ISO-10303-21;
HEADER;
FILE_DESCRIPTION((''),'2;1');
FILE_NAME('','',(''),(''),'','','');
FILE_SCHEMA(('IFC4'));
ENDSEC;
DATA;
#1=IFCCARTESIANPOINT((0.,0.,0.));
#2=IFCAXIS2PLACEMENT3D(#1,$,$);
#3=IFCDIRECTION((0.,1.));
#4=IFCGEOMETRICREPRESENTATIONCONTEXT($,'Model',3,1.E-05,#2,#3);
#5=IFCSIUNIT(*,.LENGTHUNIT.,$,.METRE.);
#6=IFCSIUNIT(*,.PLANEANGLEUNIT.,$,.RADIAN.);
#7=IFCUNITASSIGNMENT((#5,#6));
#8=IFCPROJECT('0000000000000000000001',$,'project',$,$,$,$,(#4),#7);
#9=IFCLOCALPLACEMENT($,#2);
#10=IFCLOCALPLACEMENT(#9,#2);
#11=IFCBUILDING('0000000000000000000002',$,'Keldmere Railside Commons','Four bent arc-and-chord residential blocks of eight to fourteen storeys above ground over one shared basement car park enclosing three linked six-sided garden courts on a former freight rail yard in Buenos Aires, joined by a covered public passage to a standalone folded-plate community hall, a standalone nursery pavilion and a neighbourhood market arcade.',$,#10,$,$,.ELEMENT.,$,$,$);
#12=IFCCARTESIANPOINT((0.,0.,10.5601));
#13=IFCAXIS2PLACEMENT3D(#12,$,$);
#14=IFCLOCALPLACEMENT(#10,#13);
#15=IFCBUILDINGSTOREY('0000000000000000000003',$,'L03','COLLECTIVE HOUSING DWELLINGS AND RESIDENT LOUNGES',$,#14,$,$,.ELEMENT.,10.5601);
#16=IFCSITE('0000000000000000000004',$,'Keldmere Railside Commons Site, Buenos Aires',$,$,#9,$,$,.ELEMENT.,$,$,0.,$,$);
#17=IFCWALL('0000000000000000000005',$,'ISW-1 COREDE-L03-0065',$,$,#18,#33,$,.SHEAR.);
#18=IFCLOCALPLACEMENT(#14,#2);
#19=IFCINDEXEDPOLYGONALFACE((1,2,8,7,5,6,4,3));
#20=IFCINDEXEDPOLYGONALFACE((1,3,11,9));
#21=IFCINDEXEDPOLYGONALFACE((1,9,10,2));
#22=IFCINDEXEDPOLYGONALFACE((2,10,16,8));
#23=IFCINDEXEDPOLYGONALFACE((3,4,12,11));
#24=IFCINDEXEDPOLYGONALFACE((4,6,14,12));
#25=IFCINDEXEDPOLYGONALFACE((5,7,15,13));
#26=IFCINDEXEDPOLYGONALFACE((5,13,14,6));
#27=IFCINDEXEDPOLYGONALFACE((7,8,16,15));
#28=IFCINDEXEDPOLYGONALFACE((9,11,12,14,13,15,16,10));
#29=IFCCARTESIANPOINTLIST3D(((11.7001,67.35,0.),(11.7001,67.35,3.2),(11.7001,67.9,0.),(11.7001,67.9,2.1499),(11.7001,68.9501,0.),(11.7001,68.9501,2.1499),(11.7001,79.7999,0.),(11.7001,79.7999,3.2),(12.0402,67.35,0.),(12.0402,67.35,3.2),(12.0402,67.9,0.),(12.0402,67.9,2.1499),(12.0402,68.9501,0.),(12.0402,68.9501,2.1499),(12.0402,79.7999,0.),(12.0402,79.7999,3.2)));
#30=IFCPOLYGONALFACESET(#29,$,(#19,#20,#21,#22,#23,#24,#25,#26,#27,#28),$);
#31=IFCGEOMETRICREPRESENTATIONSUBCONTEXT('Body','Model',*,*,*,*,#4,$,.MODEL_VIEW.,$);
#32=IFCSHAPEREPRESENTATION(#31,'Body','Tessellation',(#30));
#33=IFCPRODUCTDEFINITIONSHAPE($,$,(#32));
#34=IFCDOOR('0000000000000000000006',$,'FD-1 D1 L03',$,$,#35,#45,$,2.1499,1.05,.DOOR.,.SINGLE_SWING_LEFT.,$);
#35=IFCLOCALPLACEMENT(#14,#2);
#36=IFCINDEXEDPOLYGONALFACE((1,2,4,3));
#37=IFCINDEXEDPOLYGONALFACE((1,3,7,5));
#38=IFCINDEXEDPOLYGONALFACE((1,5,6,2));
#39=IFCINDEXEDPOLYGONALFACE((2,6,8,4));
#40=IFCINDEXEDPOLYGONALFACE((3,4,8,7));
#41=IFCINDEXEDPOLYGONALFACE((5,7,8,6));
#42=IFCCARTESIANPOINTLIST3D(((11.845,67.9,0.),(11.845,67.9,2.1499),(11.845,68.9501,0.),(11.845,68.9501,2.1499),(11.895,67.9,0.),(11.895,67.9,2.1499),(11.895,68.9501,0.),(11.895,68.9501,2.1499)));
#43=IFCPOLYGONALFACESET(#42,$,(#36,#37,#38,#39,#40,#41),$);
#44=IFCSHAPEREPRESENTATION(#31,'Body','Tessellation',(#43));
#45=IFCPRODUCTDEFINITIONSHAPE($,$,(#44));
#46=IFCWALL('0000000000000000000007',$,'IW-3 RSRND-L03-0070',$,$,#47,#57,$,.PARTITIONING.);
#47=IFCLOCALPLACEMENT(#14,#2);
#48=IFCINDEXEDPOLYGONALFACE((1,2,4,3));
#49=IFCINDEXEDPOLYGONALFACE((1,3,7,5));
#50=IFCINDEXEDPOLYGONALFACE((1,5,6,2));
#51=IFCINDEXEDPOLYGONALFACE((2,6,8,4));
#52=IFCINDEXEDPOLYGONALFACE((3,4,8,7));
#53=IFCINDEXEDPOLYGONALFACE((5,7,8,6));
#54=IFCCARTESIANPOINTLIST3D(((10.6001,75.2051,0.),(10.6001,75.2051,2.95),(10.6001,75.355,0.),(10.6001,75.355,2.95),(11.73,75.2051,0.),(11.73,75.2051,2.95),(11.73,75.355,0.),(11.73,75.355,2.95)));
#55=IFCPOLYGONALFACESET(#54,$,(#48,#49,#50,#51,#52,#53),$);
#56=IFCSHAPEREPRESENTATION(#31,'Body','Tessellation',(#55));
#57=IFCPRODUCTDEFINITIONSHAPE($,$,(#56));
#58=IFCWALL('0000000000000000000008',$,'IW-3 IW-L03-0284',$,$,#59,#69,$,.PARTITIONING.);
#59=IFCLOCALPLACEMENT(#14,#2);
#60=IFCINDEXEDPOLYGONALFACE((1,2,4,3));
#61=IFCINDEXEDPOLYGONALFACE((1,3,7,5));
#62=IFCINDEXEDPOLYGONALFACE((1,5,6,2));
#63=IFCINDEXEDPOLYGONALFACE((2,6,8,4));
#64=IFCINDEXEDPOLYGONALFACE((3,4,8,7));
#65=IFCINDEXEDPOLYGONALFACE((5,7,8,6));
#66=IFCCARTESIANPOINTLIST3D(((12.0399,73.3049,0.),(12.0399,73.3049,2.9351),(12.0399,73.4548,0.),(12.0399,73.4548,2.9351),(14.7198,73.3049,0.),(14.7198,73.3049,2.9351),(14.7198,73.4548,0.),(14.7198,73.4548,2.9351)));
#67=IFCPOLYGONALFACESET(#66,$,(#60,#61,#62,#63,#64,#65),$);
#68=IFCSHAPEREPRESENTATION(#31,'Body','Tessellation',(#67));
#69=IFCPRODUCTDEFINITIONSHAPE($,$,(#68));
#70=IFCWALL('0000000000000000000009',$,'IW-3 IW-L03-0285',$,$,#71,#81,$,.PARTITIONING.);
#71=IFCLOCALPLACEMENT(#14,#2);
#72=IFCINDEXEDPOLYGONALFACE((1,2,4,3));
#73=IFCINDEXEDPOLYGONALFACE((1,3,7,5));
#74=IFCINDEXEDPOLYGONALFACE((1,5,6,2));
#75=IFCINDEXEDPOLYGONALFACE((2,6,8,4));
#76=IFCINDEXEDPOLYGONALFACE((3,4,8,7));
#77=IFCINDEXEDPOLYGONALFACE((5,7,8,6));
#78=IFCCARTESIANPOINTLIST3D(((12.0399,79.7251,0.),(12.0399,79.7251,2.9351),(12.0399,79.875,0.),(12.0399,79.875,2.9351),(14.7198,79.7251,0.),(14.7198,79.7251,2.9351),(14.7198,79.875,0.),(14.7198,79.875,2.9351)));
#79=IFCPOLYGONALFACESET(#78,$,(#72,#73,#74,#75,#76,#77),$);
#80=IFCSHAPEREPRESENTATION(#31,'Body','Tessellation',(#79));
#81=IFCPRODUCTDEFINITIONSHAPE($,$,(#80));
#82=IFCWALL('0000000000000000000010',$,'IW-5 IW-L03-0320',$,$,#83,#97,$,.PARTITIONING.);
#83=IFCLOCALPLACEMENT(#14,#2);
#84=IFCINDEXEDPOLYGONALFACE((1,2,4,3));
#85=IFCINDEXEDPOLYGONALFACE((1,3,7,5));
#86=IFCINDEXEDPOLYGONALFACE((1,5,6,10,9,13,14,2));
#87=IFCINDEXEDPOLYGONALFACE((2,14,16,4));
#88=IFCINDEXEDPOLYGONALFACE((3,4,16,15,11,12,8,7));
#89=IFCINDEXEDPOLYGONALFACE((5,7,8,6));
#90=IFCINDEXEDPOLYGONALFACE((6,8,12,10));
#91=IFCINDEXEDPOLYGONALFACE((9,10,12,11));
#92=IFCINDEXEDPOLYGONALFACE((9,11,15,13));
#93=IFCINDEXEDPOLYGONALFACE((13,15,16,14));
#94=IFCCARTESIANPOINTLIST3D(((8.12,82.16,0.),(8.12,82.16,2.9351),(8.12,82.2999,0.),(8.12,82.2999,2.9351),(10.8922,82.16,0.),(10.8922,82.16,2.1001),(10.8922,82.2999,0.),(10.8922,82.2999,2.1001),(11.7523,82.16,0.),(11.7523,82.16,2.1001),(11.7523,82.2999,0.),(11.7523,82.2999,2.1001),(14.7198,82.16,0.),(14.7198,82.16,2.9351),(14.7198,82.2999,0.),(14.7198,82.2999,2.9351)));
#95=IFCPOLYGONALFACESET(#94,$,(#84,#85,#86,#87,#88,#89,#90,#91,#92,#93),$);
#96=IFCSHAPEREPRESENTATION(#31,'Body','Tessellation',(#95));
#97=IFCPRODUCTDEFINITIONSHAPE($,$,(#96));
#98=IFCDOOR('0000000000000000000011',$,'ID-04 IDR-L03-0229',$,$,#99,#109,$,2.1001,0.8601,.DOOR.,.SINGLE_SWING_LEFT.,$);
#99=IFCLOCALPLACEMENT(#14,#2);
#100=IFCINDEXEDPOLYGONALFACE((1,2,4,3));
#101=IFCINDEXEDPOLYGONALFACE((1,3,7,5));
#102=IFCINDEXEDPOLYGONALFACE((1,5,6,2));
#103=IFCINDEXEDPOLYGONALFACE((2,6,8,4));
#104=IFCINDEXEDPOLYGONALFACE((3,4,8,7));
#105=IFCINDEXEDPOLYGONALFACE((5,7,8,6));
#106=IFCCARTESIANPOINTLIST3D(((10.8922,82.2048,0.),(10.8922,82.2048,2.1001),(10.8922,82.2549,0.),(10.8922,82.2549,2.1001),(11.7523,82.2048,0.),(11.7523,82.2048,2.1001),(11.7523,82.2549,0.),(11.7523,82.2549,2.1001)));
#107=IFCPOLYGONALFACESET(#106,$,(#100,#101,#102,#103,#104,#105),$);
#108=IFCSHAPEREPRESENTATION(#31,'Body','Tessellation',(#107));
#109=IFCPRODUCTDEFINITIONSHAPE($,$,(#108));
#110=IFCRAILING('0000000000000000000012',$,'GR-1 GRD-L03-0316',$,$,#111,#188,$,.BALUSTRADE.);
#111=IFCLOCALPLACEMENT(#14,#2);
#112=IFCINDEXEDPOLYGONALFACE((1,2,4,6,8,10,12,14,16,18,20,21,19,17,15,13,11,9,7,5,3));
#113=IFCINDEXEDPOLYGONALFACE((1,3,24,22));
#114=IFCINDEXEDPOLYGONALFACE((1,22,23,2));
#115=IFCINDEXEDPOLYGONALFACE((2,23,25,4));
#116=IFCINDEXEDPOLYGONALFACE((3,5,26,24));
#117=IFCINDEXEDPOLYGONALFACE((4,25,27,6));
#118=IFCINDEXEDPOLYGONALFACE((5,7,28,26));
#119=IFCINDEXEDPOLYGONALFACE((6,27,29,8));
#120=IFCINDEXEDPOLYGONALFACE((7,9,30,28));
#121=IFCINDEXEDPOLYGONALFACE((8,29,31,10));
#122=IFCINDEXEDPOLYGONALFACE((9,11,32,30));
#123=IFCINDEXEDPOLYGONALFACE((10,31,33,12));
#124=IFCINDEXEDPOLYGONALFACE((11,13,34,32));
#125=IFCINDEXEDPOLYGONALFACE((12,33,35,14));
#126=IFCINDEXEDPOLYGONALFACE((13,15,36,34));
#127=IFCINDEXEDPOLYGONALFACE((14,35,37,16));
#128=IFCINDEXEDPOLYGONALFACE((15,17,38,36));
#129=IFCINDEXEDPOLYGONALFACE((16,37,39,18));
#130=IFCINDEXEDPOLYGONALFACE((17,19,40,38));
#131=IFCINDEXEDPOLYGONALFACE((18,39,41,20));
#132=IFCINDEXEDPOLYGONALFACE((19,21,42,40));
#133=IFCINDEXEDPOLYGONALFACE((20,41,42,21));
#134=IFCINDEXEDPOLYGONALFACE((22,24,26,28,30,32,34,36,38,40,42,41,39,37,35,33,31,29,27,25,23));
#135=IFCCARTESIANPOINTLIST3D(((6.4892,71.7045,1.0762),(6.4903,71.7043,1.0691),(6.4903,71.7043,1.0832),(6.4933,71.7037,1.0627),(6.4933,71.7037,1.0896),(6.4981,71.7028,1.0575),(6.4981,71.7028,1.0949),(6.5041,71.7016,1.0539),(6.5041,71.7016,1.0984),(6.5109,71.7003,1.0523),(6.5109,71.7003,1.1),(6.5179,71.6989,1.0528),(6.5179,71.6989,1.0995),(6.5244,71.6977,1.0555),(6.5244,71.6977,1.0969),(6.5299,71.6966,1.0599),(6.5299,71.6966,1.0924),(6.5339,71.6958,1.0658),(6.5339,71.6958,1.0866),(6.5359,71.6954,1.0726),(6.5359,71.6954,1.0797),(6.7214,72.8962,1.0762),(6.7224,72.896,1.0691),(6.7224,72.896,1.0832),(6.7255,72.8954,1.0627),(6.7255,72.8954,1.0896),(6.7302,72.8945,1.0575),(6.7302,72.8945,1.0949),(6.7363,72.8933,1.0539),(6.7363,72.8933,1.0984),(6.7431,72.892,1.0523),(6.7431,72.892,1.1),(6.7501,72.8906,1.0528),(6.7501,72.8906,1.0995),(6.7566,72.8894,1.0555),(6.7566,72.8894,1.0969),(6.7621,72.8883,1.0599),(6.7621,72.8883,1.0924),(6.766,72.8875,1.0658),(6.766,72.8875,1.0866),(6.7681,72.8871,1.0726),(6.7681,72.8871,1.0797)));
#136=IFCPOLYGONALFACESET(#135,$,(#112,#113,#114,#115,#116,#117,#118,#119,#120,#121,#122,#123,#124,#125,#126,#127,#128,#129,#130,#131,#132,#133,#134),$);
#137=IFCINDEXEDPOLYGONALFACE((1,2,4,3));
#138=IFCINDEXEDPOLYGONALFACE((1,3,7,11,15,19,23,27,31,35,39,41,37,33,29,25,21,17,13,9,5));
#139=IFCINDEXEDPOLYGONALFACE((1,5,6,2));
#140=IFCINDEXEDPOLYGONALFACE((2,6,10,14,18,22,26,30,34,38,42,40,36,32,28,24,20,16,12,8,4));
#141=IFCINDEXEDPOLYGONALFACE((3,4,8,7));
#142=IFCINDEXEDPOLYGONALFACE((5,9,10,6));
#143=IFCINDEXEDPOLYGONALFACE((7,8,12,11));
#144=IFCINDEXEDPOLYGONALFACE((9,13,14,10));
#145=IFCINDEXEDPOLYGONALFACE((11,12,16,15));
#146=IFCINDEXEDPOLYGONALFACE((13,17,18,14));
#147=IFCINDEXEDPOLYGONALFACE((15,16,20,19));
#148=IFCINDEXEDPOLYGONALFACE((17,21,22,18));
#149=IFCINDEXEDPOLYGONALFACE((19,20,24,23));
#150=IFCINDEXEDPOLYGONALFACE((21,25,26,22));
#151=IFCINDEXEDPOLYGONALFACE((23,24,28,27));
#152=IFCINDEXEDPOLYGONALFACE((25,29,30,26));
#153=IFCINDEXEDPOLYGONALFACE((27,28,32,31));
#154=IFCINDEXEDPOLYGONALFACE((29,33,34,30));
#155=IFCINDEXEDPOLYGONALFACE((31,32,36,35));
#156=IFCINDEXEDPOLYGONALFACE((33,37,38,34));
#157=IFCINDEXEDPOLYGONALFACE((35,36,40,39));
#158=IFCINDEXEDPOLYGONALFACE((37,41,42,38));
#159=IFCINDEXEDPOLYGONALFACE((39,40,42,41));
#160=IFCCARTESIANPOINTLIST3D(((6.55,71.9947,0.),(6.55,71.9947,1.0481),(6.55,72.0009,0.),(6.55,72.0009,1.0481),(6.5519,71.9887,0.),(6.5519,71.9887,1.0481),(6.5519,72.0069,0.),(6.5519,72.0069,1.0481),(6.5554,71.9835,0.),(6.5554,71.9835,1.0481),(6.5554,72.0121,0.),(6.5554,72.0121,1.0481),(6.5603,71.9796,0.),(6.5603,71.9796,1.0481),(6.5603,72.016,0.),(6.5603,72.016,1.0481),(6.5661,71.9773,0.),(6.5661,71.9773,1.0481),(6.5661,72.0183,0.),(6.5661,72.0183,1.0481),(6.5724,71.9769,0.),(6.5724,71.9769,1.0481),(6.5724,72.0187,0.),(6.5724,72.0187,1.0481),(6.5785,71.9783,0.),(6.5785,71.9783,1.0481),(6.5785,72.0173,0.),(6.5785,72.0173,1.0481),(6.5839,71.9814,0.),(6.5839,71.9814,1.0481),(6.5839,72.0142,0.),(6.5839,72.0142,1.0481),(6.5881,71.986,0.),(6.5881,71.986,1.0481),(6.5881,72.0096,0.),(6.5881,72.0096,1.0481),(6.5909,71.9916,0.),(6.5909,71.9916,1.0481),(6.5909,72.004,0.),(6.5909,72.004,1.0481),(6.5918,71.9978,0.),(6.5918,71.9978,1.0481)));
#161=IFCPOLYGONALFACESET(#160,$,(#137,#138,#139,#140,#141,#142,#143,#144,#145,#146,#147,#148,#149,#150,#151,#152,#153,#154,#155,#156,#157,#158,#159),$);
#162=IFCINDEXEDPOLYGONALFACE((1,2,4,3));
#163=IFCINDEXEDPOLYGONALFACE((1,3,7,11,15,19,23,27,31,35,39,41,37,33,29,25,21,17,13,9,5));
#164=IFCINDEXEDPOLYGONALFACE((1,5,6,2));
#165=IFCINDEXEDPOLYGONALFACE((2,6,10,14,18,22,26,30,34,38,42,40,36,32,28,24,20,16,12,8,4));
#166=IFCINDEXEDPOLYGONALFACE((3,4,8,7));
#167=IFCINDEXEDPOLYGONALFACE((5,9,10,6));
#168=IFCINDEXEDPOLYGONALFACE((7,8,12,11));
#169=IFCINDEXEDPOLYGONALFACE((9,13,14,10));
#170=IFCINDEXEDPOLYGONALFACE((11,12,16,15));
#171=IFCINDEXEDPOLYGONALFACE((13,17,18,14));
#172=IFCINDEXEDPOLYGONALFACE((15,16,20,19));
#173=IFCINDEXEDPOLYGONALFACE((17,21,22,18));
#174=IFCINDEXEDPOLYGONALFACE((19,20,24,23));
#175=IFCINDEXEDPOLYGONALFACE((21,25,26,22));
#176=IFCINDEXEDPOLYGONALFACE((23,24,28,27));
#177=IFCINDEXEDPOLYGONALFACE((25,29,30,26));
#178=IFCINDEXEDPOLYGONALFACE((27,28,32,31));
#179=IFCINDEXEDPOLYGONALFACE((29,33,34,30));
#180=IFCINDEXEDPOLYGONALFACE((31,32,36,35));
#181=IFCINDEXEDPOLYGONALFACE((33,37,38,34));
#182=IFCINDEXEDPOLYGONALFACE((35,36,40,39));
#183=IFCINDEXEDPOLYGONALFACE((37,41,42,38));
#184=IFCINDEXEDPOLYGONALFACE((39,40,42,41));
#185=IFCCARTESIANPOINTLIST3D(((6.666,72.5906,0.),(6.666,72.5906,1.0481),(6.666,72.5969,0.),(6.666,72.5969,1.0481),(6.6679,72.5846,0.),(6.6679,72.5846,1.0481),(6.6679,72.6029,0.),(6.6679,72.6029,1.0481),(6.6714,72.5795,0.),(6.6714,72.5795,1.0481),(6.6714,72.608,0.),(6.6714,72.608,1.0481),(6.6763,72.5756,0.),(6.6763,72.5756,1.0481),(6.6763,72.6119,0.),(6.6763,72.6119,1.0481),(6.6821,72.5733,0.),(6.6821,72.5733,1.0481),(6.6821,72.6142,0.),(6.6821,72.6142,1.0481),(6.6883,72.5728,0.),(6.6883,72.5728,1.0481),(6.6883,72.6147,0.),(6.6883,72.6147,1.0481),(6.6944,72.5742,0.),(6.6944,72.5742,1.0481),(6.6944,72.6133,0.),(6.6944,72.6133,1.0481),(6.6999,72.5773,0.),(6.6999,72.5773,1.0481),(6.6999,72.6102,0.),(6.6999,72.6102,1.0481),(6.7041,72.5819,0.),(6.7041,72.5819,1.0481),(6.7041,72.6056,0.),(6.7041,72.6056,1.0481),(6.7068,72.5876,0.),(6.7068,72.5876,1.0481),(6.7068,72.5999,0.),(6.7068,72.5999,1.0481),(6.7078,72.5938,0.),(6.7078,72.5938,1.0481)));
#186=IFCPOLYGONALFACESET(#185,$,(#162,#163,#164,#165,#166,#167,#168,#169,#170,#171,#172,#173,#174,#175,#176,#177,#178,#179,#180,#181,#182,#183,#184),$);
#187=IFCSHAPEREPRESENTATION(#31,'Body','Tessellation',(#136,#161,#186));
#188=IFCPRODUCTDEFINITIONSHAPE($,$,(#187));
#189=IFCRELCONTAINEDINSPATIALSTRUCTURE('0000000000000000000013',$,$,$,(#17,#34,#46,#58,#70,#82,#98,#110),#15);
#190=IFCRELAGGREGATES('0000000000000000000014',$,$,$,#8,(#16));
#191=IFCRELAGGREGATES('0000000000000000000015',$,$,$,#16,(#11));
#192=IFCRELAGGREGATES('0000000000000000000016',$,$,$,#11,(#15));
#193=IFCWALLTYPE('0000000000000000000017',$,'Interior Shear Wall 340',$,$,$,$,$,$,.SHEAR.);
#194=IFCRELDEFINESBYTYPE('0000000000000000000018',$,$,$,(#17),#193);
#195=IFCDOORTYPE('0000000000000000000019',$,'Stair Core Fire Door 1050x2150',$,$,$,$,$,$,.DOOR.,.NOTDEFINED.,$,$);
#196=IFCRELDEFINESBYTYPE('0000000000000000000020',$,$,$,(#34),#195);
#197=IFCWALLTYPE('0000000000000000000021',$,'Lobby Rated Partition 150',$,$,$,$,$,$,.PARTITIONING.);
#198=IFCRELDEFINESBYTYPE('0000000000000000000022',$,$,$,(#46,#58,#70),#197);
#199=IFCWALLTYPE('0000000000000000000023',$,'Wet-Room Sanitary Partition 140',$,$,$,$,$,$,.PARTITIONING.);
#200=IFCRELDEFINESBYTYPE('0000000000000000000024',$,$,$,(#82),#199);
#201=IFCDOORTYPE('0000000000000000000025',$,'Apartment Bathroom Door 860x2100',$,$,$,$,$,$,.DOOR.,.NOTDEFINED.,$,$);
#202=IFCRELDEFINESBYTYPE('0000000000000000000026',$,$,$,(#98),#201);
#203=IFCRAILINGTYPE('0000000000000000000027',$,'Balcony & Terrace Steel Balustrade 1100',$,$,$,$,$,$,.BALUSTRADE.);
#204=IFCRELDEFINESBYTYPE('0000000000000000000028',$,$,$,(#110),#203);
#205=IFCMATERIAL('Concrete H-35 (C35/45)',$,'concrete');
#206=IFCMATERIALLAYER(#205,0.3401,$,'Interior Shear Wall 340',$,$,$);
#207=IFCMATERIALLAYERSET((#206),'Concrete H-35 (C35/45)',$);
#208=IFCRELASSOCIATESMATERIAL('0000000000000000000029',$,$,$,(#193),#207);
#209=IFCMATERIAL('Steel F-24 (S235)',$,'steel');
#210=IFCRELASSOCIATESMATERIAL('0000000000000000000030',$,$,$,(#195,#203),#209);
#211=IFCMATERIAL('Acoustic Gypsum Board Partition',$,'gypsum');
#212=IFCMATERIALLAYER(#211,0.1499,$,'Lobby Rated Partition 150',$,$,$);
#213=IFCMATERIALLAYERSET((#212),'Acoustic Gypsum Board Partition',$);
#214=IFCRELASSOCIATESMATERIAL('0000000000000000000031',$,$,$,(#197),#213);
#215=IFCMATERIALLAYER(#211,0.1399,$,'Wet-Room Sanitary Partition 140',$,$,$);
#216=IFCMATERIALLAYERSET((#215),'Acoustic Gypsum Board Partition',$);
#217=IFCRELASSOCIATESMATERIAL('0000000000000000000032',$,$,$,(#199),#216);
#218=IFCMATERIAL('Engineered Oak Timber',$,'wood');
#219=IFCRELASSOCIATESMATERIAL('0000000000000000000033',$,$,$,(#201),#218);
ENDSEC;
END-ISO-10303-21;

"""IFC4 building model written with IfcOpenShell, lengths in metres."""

from ifc_helpers import new_model, si_unit, direction, frame, frame_2d, origin, origin_2d, place, context, subcontext, project, spatial, rectangle, circle, extrude, material, layer, layer_set, type_object, element, fill, save


model = new_model("IFC4")

# Units and contexts
model_context = context("Model", 3, precision=1e-05, world=origin(), true_north=direction((0.0, 1.0)))
body_context = subcontext(model_context, "Body", "Model", "MODEL_VIEW")
ifc_project = project(units=[si_unit("LENGTHUNIT", "METRE"), si_unit("PLANEANGLEUNIT", "RADIAN")], contexts=[model_context])

# Site, building, storey
site_placement = place(None, origin())
site = spatial("IfcSite", under=ifc_project, at=site_placement, Name="Keldmere Railside Commons Site, Buenos Aires", CompositionType="ELEMENT", RefElevation=0.0)
building_placement = place(site_placement, origin())
building = spatial("IfcBuilding", under=site, at=building_placement, Name="Keldmere Railside Commons", Description="Four bent arc-and-chord residential blocks of eight to fourteen storeys above ground over one shared basement car park enclosing three linked six-sided garden courts on a former freight rail yard in Buenos Aires, joined by a covered public passage to a standalone folded-plate community hall, a standalone nursery pavilion and a neighbourhood market arcade.", CompositionType="ELEMENT")
storey_placement = place(building_placement, frame((0.0, 0.0, 10.5601)))
storey = spatial("IfcBuildingStorey", under=building, at=storey_placement, Name="L03", Description="COLLECTIVE HOUSING DWELLINGS AND RESIDENT LOUNGES", CompositionType="ELEMENT", Elevation=10.5601)

# Shared definitions
ifc_material_1 = material(Name="Concrete H-35 (C35/45)", Category="concrete")

# Shared definitions
ifc_material_2 = material(Name="Acoustic Gypsum Board Partition", Category="gypsum")
ifc_material_3 = material(Name="Engineered Oak Timber", Category="wood")

# Shared definitions
ifc_material_4 = material(Name="Steel F-24 (S235)", Category="steel")

# Wall, opening, door
ifc_layer_1 = layer(ifc_material_1, 0.3401, Name="Interior Shear Wall 340")
ifc_layer_set_1 = layer_set([ifc_layer_1], Name="Concrete H-35 (C35/45)")
wall_type_1 = type_object("IfcWallType", Name="Interior Shear Wall 340", PredefinedType="SHEAR", material=ifc_layer_set_1)
wall_1_placement = place(storey_placement, frame((11.8701, 79.8, 0.0), z_axis=(0.0, 0.0, 1.0), x_axis=(0.0, -1.0, 0.0)))
wall_1 = element("IfcWall", 1, at=wall_1_placement, inside=storey, type_object=wall_type_1, Name="ISW-1 COREDE-L03-0065", PredefinedType="SHEAR", context=body_context, shape_type="SweptSolid", body=[
    extrude(rectangle(XDim=12.45, YDim=0.3401, at=frame_2d((6.2251, 0.0))), origin(), (0.0, 0.0, 1.0), 3.2),
])
opening_1_placement = place(wall_1_placement, frame((10.8501, 0.0, 0.0)))
opening_1 = element("IfcOpeningElement", 2, at=opening_1_placement, cuts=wall_1, PredefinedType="OPENING", context=body_context, shape_type="SweptSolid", body=[
    extrude(rectangle(XDim=1.05, YDim=2.1499, at=frame_2d((0.5249, 1.075))), frame((0.0, 0.1799, 0.0), z_axis=(0.0, -1.0, 0.0), x_axis=(1.0, 0.0, 0.0)), (0.0, 0.0, 1.0), 0.3601),
])
door_type_1 = type_object("IfcDoorType", Name="Stair Core Fire Door 1050x2150", OperationType="NOTDEFINED", PredefinedType="DOOR", material=ifc_material_4)
door_1_placement = place(opening_1_placement, origin())
door_1 = element("IfcDoor", 3, at=door_1_placement, inside=storey, type_object=door_type_1, Name="FD-1 D1 L03", OperationType="SINGLE_SWING_LEFT", OverallHeight=2.1499, OverallWidth=1.05, PredefinedType="DOOR", context=body_context, shape_type="SweptSolid", body=[
    extrude(rectangle(XDim=1.05, YDim=2.1499, at=frame_2d((0.5249, 1.075))), frame((0.0, 0.0249, 0.0), z_axis=(0.0, -1.0, 0.0), x_axis=(1.0, 0.0, 0.0)), (0.0, 0.0, 1.0), 0.05),
])
fill(opening_1, door_1)

# Walls
ifc_layer_2 = layer(ifc_material_2, 0.1499, Name="Lobby Rated Partition 150")
ifc_layer_set_2 = layer_set([ifc_layer_2], Name="Acoustic Gypsum Board Partition")
wall_type_2 = type_object("IfcWallType", Name="Lobby Rated Partition 150", PredefinedType="PARTITIONING", material=ifc_layer_set_2)
wall_2_placement = place(storey_placement, frame((10.6001, 75.28, 0.0), z_axis=(0.0, 0.0, 1.0), x_axis=(1.0, 0.0, 0.0)))
element("IfcWall", 4, at=wall_2_placement, inside=storey, type_object=wall_type_2, Name="IW-3 RSRND-L03-0070", PredefinedType="PARTITIONING", context=body_context, shape_type="SweptSolid", body=[
    extrude(rectangle(XDim=1.1299, YDim=0.1499, at=frame_2d((0.5649, 0.0))), origin(), (0.0, 0.0, 1.0), 2.95),
])
for number, where, z_axis, x_axis, name in (
    (5, (12.04, 73.3799, 0.0), (0.0, 0.0, 1.0), (1.0, 0.0, 0.0), "IW-3 IW-L03-0284"),
    (6, (12.04, 79.8, 0.0), (0.0, 0.0, 1.0), (1.0, 0.0, 0.0), "IW-3 IW-L03-0285"),
):
    element("IfcWall", number, at=place(storey_placement, frame(where, z_axis=z_axis, x_axis=x_axis)), inside=storey, type_object=wall_type_2, Name=name, PredefinedType="PARTITIONING", context=body_context, shape_type="SweptSolid", body=[
        extrude(rectangle(XDim=2.6799, YDim=0.1499, at=frame_2d((1.3398, 0.0))), origin(), (0.0, 0.0, 1.0), 2.9351),
    ])

# Wall, opening, door
ifc_layer_3 = layer(ifc_material_2, 0.1399, Name="Wet-Room Sanitary Partition 140")
ifc_layer_set_3 = layer_set([ifc_layer_3], Name="Acoustic Gypsum Board Partition")
wall_type_3 = type_object("IfcWallType", Name="Wet-Room Sanitary Partition 140", PredefinedType="PARTITIONING", material=ifc_layer_set_3)
wall_3_placement = place(storey_placement, frame((8.1201, 82.23, 0.0), z_axis=(0.0, 0.0, 1.0), x_axis=(1.0, 0.0, 0.0)))
wall_3 = element("IfcWall", 7, at=wall_3_placement, inside=storey, type_object=wall_type_3, Name="IW-5 IW-L03-0320", PredefinedType="PARTITIONING", context=body_context, shape_type="SweptSolid", body=[
    extrude(rectangle(XDim=6.5999, YDim=0.1399, at=frame_2d((3.2998, 0.0))), origin(), (0.0, 0.0, 1.0), 2.9351),
])
opening_2_placement = place(wall_3_placement, frame((2.772, 0.0, 0.0)))
opening_2 = element("IfcOpeningElement", 8, at=opening_2_placement, cuts=wall_3, PredefinedType="OPENING", context=body_context, shape_type="SweptSolid", body=[
    extrude(rectangle(XDim=0.8601, YDim=2.1001, at=frame_2d((0.4302, 1.05))), frame((0.0, 0.0798, 0.0), z_axis=(0.0, -1.0, 0.0), x_axis=(1.0, 0.0, 0.0)), (0.0, 0.0, 1.0), 0.1599),
])
door_type_2 = type_object("IfcDoorType", Name="Apartment Bathroom Door 860x2100", OperationType="NOTDEFINED", PredefinedType="DOOR", material=ifc_material_3)
door_2_placement = place(opening_2_placement, origin())
door_2 = element("IfcDoor", 9, at=door_2_placement, inside=storey, type_object=door_type_2, Name="ID-04 IDR-L03-0229", OperationType="SINGLE_SWING_LEFT", OverallHeight=2.1001, OverallWidth=0.8601, PredefinedType="DOOR", context=body_context, shape_type="SweptSolid", body=[
    extrude(rectangle(XDim=0.8601, YDim=2.1001, at=frame_2d((0.4302, 1.05))), frame((0.0, 0.0249, 0.0), z_axis=(0.0, -1.0, 0.0), x_axis=(1.0, 0.0, 0.0)), (0.0, 0.0, 1.0), 0.05),
])
fill(opening_2, door_2)

# Railing
railing_type_1 = type_object("IfcRailingType", Name="Balcony & Terrace Steel Balustrade 1100", PredefinedType="BALUSTRADE", material=ifc_material_4)
railing_1_placement = place(storey_placement, frame((6.5127, 71.7, 0.0)))
element("IfcRailing", 10, at=railing_1_placement, inside=storey, type_object=railing_type_1, Name="GR-1 GRD-L03-0316", PredefinedType="BALUSTRADE", context=body_context, shape_type="SweptSolid", body=[
    extrude(circle(Radius=0.0239, at=origin_2d()), frame((0.0, 0.0, 1.0762), z_axis=(0.191241, 0.981543, 0.0), x_axis=(-0.981543, 0.191241, 0.0)), (0.0, 0.0, 1.0), 1.2141),
    extrude(circle(Radius=0.021, at=origin_2d()), frame((0.0581, 0.2979, 0.0)), (0.0, 0.0, 1.0), 1.0481),
    extrude(circle(Radius=0.021, at=origin_2d()), frame((0.1741, 0.8938, 0.0)), (0.0, 0.0, 1.0), 1.0481),
])

save(model, "model.ifc")
